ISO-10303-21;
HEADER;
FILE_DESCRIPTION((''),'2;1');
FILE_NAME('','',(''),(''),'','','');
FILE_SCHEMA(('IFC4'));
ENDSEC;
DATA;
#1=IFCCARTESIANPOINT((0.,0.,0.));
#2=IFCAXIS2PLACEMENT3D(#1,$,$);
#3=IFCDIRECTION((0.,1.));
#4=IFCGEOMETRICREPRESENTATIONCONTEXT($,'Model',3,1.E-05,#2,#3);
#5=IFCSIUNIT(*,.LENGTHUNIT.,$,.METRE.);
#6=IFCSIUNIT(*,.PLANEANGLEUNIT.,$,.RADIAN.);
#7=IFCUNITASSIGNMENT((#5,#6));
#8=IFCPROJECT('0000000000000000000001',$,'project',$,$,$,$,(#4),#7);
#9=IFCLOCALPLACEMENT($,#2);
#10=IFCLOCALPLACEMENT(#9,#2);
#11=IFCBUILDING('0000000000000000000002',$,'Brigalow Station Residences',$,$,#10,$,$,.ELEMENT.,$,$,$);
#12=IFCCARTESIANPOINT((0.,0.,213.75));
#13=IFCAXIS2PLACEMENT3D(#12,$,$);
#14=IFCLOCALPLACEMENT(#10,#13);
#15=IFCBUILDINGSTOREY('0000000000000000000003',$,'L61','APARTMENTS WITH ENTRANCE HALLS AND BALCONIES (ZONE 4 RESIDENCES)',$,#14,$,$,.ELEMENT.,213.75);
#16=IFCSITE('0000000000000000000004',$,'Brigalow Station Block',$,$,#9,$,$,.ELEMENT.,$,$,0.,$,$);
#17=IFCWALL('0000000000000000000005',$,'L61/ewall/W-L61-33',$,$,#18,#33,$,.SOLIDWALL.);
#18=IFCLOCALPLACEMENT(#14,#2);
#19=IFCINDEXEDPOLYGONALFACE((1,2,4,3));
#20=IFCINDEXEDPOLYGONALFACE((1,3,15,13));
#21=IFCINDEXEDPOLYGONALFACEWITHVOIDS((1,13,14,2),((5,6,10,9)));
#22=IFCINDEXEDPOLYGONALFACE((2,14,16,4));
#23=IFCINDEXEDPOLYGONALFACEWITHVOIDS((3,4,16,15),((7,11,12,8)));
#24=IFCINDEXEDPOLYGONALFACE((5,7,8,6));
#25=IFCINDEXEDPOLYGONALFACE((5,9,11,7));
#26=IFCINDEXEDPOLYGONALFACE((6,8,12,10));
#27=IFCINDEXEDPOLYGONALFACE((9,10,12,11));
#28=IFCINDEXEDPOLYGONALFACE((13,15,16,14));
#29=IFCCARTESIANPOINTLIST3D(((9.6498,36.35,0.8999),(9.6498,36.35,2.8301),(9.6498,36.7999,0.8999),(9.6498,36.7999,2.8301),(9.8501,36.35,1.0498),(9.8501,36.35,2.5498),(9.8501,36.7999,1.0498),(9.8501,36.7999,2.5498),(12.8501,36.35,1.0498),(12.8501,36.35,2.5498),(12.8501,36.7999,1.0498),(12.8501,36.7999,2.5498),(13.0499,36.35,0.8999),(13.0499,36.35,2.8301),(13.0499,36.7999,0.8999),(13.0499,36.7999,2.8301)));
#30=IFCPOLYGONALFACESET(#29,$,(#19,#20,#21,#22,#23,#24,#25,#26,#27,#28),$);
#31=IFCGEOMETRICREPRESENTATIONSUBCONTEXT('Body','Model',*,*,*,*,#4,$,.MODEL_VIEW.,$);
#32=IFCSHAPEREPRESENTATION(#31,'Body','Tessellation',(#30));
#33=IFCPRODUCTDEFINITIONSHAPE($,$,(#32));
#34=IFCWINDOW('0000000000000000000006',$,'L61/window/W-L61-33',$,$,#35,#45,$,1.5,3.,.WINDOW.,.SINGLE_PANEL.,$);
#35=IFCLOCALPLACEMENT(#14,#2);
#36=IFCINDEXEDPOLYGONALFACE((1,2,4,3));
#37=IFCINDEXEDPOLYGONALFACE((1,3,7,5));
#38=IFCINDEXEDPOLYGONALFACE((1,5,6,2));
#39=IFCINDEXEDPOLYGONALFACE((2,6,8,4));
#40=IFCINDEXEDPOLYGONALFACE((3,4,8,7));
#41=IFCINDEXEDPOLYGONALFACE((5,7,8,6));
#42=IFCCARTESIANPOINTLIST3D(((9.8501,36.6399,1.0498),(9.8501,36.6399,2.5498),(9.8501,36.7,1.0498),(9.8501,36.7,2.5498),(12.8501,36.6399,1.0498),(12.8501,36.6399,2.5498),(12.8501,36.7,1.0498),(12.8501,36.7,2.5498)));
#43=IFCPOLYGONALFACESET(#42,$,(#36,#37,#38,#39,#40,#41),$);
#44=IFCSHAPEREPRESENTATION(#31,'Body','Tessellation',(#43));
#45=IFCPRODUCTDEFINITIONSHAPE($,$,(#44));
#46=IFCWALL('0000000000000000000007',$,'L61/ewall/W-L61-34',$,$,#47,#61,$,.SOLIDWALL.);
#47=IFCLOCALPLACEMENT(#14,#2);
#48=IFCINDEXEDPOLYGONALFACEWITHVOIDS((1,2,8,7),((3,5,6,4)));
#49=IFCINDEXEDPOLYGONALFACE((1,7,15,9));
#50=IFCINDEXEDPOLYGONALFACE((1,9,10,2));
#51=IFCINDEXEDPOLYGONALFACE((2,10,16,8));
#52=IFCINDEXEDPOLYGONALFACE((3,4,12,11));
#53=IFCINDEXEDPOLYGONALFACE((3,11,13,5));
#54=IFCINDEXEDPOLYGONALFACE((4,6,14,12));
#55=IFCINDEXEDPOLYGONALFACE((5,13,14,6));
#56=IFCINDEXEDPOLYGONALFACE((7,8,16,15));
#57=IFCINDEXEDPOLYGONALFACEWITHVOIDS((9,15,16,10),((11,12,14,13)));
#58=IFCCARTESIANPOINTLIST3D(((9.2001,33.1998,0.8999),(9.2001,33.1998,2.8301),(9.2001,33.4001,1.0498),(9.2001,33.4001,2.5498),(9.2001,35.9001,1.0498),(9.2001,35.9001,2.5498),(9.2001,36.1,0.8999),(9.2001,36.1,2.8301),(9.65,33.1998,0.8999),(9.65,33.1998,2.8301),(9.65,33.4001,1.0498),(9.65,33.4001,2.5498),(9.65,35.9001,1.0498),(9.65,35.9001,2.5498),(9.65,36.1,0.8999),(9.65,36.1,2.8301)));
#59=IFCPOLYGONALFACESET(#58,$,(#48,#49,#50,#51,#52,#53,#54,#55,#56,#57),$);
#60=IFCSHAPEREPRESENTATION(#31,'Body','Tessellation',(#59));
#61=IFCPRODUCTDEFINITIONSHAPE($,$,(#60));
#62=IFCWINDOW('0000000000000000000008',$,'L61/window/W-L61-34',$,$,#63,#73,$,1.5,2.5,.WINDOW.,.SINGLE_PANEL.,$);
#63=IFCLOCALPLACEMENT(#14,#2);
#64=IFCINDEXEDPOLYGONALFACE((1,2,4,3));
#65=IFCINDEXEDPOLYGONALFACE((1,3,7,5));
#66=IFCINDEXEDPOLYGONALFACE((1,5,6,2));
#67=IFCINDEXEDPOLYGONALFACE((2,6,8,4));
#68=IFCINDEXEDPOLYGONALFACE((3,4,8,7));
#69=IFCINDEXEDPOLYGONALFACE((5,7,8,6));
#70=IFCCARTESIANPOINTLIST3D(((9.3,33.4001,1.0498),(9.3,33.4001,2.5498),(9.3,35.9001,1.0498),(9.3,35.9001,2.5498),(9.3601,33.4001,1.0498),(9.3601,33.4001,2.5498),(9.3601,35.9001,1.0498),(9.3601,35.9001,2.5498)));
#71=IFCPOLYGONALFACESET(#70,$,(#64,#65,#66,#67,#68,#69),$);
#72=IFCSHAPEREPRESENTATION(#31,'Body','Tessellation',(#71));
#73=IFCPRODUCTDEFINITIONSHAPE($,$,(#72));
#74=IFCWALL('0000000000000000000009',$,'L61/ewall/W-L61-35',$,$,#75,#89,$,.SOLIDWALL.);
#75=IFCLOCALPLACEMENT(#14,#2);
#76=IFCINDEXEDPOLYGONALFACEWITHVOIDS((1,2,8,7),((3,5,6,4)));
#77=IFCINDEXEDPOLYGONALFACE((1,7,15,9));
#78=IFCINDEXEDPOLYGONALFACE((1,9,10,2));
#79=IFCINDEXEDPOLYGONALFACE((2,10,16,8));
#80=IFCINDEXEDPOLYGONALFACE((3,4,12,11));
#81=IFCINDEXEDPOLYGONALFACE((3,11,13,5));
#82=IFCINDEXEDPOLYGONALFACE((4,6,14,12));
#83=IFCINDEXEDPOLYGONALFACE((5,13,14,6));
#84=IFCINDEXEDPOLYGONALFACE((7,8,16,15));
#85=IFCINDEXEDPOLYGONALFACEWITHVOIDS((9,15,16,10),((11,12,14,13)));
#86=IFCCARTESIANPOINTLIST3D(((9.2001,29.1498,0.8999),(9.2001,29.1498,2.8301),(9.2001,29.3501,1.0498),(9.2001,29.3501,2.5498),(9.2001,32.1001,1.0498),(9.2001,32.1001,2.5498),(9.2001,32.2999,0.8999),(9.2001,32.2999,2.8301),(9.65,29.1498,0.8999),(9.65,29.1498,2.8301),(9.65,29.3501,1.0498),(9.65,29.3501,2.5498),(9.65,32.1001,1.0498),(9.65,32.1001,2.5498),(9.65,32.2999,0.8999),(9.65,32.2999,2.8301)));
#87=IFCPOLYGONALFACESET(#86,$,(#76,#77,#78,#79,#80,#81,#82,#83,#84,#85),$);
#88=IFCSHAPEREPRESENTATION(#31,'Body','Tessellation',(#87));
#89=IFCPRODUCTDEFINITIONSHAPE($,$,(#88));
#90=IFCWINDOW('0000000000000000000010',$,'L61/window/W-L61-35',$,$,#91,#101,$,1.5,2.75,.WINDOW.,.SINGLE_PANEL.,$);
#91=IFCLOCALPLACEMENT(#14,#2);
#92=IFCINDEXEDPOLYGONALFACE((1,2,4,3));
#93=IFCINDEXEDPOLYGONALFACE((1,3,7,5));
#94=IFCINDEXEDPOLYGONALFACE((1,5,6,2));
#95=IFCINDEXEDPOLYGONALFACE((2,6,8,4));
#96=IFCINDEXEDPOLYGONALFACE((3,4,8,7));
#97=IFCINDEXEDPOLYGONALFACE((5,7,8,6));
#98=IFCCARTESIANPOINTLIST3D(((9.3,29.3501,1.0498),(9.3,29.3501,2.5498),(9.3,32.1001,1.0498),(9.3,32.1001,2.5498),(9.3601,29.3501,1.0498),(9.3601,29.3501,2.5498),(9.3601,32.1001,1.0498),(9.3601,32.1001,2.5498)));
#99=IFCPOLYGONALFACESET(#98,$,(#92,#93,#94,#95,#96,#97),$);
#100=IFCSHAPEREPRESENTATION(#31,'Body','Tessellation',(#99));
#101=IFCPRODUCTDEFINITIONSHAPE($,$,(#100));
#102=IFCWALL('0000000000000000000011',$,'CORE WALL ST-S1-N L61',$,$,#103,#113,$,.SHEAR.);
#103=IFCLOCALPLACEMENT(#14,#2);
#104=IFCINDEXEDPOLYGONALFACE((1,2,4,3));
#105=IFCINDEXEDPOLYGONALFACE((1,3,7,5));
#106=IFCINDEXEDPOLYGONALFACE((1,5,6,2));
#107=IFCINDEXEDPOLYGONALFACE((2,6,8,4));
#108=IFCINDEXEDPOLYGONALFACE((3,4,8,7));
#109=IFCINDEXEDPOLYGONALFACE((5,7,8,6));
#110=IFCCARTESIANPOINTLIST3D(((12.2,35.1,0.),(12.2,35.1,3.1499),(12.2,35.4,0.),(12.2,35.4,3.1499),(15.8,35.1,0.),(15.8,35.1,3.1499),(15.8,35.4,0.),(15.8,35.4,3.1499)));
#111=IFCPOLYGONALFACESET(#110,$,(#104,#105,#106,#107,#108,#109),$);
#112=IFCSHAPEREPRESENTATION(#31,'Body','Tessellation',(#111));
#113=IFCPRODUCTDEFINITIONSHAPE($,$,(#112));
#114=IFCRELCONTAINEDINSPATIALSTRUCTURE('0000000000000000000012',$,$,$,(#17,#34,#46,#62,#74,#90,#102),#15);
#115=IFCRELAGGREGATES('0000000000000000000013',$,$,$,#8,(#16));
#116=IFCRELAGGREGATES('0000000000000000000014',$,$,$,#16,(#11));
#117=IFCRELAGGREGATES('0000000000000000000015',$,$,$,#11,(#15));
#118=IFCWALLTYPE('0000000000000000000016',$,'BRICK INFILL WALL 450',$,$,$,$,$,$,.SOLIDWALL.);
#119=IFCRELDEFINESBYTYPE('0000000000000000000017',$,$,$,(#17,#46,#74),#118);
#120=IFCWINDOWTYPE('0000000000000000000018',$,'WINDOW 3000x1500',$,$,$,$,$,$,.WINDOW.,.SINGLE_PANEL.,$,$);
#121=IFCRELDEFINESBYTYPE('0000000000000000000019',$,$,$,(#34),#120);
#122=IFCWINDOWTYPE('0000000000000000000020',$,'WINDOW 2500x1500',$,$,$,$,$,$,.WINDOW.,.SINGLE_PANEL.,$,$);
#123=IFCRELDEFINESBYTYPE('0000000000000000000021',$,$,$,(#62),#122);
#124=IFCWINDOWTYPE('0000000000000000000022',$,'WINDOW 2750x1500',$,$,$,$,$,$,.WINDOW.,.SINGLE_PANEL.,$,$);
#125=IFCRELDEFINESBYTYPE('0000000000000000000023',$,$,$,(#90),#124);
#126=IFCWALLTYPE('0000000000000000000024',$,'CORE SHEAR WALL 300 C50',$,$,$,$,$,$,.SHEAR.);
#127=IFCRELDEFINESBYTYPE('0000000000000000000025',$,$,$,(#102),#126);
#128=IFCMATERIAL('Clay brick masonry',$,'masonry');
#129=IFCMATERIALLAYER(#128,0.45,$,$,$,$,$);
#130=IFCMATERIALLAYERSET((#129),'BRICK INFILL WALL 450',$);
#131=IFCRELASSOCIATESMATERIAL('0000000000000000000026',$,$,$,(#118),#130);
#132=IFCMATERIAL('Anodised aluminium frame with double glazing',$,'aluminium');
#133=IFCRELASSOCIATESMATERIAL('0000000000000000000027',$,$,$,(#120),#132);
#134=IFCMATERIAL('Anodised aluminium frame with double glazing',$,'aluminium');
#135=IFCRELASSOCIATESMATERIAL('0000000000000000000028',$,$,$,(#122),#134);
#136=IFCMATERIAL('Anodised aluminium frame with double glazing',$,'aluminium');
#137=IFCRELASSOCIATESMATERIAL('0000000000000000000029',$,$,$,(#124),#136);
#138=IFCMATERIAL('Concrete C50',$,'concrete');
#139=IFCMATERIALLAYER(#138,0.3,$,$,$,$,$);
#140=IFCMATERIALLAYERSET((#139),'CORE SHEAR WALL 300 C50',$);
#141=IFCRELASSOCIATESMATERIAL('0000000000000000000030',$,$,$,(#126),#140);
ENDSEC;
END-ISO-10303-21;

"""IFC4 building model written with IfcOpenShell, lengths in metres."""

from ifc_helpers import new_model, si_unit, direction, frame, frame_2d, origin, place, context, subcontext, project, spatial, rectangle, extrude, material, layer, layer_set, type_object, element, fill, save


model = new_model("IFC4")

# Units and contexts
model_context = context("Model", 3, precision=1e-05, world=origin(), true_north=direction((0.0, 1.0)))
body_context = subcontext(model_context, "Body", "Model", "MODEL_VIEW")
ifc_project = project(units=[si_unit("LENGTHUNIT", "METRE"), si_unit("PLANEANGLEUNIT", "RADIAN")], contexts=[model_context])

# Site, building, storey
site_placement = place(None, origin())
site = spatial("IfcSite", under=ifc_project, at=site_placement, Name="Brigalow Station Block", CompositionType="ELEMENT", RefElevation=0.0)
building_placement = place(site_placement, origin())
building = spatial("IfcBuilding", under=site, at=building_placement, Name="Brigalow Station Residences", CompositionType="ELEMENT")
storey_placement = place(building_placement, frame((0.0, 0.0, 213.75)))
storey = spatial("IfcBuildingStorey", under=building, at=storey_placement, Name="L61", Description="APARTMENTS WITH ENTRANCE HALLS AND BALCONIES (ZONE 4 RESIDENCES)", CompositionType="ELEMENT", Elevation=213.75)

# Shared definitions
ifc_material_1 = material(Name="Clay brick masonry", Category="masonry")
ifc_layer_1 = layer(ifc_material_1, 0.45)
ifc_layer_set_1 = layer_set([ifc_layer_1], Name="BRICK INFILL WALL 450")
wall_type_1 = type_object("IfcWallType", Name="BRICK INFILL WALL 450", PredefinedType="SOLIDWALL", material=ifc_layer_set_1)

# Walls, openings, windows
wall_1_placement = place(storey_placement, frame((13.05, 36.575, 0.8999), z_axis=(0.0, 0.0, 1.0), x_axis=(-1.0, 0.0, 0.0)))
wall_1 = element("IfcWall", 1, at=wall_1_placement, inside=storey, type_object=wall_type_1, Name="L61/ewall/W-L61-33", PredefinedType="SOLIDWALL", context=body_context, shape_type="SweptSolid", body=[
    extrude(rectangle(XDim=3.4001, YDim=0.45, at=frame_2d((1.7002, 0.0))), origin(), (0.0, 0.0, 1.0), 1.9302),
])
opening_1_placement = place(wall_1_placement, frame((0.2, 0.0, 0.1499)))
opening_1 = element("IfcOpeningElement", 2, at=opening_1_placement, cuts=wall_1, PredefinedType="OPENING", context=body_context, shape_type="SweptSolid", body=[
    extrude(rectangle(XDim=3.0, YDim=1.5, at=frame_2d((1.5, 0.75))), frame((0.0, 0.2349, 0.0), z_axis=(0.0, -1.0, 0.0), x_axis=(1.0, 0.0, 0.0)), (0.0, 0.0, 1.0), 0.47),
])
ifc_material_2 = material(Name="Anodised aluminium frame with double glazing", Category="aluminium")
window_type_1 = type_object("IfcWindowType", Name="WINDOW 3000x1500", PartitioningType="SINGLE_PANEL", PredefinedType="WINDOW", material=ifc_material_2)
window_1_placement = place(opening_1_placement, origin())
window_1 = element("IfcWindow", 3, at=window_1_placement, inside=storey, type_object=window_type_1, Name="L61/window/W-L61-33", OverallHeight=1.5, OverallWidth=3.0, PartitioningType="SINGLE_PANEL", PredefinedType="WINDOW", context=body_context, shape_type="SweptSolid", body=[
    extrude(rectangle(XDim=3.0, YDim=1.5, at=frame_2d((1.5, 0.75))), frame((0.0, -0.0649, 0.0), z_axis=(0.0, -1.0, 0.0), x_axis=(1.0, 0.0, 0.0)), (0.0, 0.0, 1.0), 0.0601),
])
fill(opening_1, window_1)
wall_2_placement = place(storey_placement, frame((9.425, 36.1001, 0.8999), z_axis=(0.0, 0.0, 1.0), x_axis=(0.0, -1.0, 0.0)))
wall_2 = element("IfcWall", 4, at=wall_2_placement, inside=storey, type_object=wall_type_1, Name="L61/ewall/W-L61-34", PredefinedType="SOLIDWALL", context=body_context, shape_type="SweptSolid", body=[
    extrude(rectangle(XDim=2.9001, YDim=0.45, at=frame_2d((1.4502, 0.0))), origin(), (0.0, 0.0, 1.0), 1.9302),
])
opening_2_placement = place(wall_2_placement, frame((0.2, 0.0, 0.1499)))
opening_2 = element("IfcOpeningElement", 5, at=opening_2_placement, cuts=wall_2, PredefinedType="OPENING", context=body_context, shape_type="SweptSolid", body=[
    extrude(rectangle(XDim=2.5, YDim=1.5, at=frame_2d((1.25, 0.75))), frame((0.0, 0.2349, 0.0), z_axis=(0.0, -1.0, 0.0), x_axis=(1.0, 0.0, 0.0)), (0.0, 0.0, 1.0), 0.47),
])
ifc_material_3 = material(Name="Anodised aluminium frame with double glazing", Category="aluminium")
window_type_2 = type_object("IfcWindowType", Name="WINDOW 2500x1500", PartitioningType="SINGLE_PANEL", PredefinedType="WINDOW", material=ifc_material_3)
window_2_placement = place(opening_2_placement, origin())
window_2 = element("IfcWindow", 6, at=window_2_placement, inside=storey, type_object=window_type_2, Name="L61/window/W-L61-34", OverallHeight=1.5, OverallWidth=2.5, PartitioningType="SINGLE_PANEL", PredefinedType="WINDOW", context=body_context, shape_type="SweptSolid", body=[
    extrude(rectangle(XDim=2.5, YDim=1.5, at=frame_2d((1.25, 0.75))), frame((0.0, -0.0649, 0.0), z_axis=(0.0, -1.0, 0.0), x_axis=(1.0, 0.0, 0.0)), (0.0, 0.0, 1.0), 0.0601),
])
fill(opening_2, window_2)
wall_3_placement = place(storey_placement, frame((9.425, 32.3, 0.8999), z_axis=(0.0, 0.0, 1.0), x_axis=(0.0, -1.0, 0.0)))
wall_3 = element("IfcWall", 7, at=wall_3_placement, inside=storey, type_object=wall_type_1, Name="L61/ewall/W-L61-35", PredefinedType="SOLIDWALL", context=body_context, shape_type="SweptSolid", body=[
    extrude(rectangle(XDim=3.1501, YDim=0.45, at=frame_2d((1.5752, 0.0))), origin(), (0.0, 0.0, 1.0), 1.9302),
])
opening_3_placement = place(wall_3_placement, frame((0.2, 0.0, 0.1499)))
opening_3 = element("IfcOpeningElement", 8, at=opening_3_placement, cuts=wall_3, PredefinedType="OPENING", context=body_context, shape_type="SweptSolid", body=[
    extrude(rectangle(XDim=2.75, YDim=1.5, at=frame_2d((1.375, 0.75))), frame((0.0, 0.2349, 0.0), z_axis=(0.0, -1.0, 0.0), x_axis=(1.0, 0.0, 0.0)), (0.0, 0.0, 1.0), 0.47),
])
ifc_material_4 = material(Name="Anodised aluminium frame with double glazing", Category="aluminium")
window_type_3 = type_object("IfcWindowType", Name="WINDOW 2750x1500", PartitioningType="SINGLE_PANEL", PredefinedType="WINDOW", material=ifc_material_4)
window_3_placement = place(opening_3_placement, origin())
window_3 = element("IfcWindow", 9, at=window_3_placement, inside=storey, type_object=window_type_3, Name="L61/window/W-L61-35", OverallHeight=1.5, OverallWidth=2.75, PartitioningType="SINGLE_PANEL", PredefinedType="WINDOW", context=body_context, shape_type="SweptSolid", body=[
    extrude(rectangle(XDim=2.75, YDim=1.5, at=frame_2d((1.375, 0.75))), frame((0.0, -0.0649, 0.0), z_axis=(0.0, -1.0, 0.0), x_axis=(1.0, 0.0, 0.0)), (0.0, 0.0, 1.0), 0.0601),
])
fill(opening_3, window_3)

# Wall
ifc_material_5 = material(Name="Concrete C50", Category="concrete")
ifc_layer_2 = layer(ifc_material_5, 0.3)
ifc_layer_set_2 = layer_set([ifc_layer_2], Name="CORE SHEAR WALL 300 C50")
wall_type_2 = type_object("IfcWallType", Name="CORE SHEAR WALL 300 C50", PredefinedType="SHEAR", material=ifc_layer_set_2)
wall_4_placement = place(storey_placement, frame((12.2, 35.25, 0.0), z_axis=(0.0, 0.0, 1.0), x_axis=(1.0, 0.0, 0.0)))
element("IfcWall", 10, at=wall_4_placement, inside=storey, type_object=wall_type_2, Name="CORE WALL ST-S1-N L61", PredefinedType="SHEAR", context=body_context, shape_type="SweptSolid", body=[
    extrude(rectangle(XDim=3.6001, YDim=0.3, at=frame_2d((1.8, 0.0))), origin(), (0.0, 0.0, 1.0), 3.1499),
])

save(model, "model.ifc")
